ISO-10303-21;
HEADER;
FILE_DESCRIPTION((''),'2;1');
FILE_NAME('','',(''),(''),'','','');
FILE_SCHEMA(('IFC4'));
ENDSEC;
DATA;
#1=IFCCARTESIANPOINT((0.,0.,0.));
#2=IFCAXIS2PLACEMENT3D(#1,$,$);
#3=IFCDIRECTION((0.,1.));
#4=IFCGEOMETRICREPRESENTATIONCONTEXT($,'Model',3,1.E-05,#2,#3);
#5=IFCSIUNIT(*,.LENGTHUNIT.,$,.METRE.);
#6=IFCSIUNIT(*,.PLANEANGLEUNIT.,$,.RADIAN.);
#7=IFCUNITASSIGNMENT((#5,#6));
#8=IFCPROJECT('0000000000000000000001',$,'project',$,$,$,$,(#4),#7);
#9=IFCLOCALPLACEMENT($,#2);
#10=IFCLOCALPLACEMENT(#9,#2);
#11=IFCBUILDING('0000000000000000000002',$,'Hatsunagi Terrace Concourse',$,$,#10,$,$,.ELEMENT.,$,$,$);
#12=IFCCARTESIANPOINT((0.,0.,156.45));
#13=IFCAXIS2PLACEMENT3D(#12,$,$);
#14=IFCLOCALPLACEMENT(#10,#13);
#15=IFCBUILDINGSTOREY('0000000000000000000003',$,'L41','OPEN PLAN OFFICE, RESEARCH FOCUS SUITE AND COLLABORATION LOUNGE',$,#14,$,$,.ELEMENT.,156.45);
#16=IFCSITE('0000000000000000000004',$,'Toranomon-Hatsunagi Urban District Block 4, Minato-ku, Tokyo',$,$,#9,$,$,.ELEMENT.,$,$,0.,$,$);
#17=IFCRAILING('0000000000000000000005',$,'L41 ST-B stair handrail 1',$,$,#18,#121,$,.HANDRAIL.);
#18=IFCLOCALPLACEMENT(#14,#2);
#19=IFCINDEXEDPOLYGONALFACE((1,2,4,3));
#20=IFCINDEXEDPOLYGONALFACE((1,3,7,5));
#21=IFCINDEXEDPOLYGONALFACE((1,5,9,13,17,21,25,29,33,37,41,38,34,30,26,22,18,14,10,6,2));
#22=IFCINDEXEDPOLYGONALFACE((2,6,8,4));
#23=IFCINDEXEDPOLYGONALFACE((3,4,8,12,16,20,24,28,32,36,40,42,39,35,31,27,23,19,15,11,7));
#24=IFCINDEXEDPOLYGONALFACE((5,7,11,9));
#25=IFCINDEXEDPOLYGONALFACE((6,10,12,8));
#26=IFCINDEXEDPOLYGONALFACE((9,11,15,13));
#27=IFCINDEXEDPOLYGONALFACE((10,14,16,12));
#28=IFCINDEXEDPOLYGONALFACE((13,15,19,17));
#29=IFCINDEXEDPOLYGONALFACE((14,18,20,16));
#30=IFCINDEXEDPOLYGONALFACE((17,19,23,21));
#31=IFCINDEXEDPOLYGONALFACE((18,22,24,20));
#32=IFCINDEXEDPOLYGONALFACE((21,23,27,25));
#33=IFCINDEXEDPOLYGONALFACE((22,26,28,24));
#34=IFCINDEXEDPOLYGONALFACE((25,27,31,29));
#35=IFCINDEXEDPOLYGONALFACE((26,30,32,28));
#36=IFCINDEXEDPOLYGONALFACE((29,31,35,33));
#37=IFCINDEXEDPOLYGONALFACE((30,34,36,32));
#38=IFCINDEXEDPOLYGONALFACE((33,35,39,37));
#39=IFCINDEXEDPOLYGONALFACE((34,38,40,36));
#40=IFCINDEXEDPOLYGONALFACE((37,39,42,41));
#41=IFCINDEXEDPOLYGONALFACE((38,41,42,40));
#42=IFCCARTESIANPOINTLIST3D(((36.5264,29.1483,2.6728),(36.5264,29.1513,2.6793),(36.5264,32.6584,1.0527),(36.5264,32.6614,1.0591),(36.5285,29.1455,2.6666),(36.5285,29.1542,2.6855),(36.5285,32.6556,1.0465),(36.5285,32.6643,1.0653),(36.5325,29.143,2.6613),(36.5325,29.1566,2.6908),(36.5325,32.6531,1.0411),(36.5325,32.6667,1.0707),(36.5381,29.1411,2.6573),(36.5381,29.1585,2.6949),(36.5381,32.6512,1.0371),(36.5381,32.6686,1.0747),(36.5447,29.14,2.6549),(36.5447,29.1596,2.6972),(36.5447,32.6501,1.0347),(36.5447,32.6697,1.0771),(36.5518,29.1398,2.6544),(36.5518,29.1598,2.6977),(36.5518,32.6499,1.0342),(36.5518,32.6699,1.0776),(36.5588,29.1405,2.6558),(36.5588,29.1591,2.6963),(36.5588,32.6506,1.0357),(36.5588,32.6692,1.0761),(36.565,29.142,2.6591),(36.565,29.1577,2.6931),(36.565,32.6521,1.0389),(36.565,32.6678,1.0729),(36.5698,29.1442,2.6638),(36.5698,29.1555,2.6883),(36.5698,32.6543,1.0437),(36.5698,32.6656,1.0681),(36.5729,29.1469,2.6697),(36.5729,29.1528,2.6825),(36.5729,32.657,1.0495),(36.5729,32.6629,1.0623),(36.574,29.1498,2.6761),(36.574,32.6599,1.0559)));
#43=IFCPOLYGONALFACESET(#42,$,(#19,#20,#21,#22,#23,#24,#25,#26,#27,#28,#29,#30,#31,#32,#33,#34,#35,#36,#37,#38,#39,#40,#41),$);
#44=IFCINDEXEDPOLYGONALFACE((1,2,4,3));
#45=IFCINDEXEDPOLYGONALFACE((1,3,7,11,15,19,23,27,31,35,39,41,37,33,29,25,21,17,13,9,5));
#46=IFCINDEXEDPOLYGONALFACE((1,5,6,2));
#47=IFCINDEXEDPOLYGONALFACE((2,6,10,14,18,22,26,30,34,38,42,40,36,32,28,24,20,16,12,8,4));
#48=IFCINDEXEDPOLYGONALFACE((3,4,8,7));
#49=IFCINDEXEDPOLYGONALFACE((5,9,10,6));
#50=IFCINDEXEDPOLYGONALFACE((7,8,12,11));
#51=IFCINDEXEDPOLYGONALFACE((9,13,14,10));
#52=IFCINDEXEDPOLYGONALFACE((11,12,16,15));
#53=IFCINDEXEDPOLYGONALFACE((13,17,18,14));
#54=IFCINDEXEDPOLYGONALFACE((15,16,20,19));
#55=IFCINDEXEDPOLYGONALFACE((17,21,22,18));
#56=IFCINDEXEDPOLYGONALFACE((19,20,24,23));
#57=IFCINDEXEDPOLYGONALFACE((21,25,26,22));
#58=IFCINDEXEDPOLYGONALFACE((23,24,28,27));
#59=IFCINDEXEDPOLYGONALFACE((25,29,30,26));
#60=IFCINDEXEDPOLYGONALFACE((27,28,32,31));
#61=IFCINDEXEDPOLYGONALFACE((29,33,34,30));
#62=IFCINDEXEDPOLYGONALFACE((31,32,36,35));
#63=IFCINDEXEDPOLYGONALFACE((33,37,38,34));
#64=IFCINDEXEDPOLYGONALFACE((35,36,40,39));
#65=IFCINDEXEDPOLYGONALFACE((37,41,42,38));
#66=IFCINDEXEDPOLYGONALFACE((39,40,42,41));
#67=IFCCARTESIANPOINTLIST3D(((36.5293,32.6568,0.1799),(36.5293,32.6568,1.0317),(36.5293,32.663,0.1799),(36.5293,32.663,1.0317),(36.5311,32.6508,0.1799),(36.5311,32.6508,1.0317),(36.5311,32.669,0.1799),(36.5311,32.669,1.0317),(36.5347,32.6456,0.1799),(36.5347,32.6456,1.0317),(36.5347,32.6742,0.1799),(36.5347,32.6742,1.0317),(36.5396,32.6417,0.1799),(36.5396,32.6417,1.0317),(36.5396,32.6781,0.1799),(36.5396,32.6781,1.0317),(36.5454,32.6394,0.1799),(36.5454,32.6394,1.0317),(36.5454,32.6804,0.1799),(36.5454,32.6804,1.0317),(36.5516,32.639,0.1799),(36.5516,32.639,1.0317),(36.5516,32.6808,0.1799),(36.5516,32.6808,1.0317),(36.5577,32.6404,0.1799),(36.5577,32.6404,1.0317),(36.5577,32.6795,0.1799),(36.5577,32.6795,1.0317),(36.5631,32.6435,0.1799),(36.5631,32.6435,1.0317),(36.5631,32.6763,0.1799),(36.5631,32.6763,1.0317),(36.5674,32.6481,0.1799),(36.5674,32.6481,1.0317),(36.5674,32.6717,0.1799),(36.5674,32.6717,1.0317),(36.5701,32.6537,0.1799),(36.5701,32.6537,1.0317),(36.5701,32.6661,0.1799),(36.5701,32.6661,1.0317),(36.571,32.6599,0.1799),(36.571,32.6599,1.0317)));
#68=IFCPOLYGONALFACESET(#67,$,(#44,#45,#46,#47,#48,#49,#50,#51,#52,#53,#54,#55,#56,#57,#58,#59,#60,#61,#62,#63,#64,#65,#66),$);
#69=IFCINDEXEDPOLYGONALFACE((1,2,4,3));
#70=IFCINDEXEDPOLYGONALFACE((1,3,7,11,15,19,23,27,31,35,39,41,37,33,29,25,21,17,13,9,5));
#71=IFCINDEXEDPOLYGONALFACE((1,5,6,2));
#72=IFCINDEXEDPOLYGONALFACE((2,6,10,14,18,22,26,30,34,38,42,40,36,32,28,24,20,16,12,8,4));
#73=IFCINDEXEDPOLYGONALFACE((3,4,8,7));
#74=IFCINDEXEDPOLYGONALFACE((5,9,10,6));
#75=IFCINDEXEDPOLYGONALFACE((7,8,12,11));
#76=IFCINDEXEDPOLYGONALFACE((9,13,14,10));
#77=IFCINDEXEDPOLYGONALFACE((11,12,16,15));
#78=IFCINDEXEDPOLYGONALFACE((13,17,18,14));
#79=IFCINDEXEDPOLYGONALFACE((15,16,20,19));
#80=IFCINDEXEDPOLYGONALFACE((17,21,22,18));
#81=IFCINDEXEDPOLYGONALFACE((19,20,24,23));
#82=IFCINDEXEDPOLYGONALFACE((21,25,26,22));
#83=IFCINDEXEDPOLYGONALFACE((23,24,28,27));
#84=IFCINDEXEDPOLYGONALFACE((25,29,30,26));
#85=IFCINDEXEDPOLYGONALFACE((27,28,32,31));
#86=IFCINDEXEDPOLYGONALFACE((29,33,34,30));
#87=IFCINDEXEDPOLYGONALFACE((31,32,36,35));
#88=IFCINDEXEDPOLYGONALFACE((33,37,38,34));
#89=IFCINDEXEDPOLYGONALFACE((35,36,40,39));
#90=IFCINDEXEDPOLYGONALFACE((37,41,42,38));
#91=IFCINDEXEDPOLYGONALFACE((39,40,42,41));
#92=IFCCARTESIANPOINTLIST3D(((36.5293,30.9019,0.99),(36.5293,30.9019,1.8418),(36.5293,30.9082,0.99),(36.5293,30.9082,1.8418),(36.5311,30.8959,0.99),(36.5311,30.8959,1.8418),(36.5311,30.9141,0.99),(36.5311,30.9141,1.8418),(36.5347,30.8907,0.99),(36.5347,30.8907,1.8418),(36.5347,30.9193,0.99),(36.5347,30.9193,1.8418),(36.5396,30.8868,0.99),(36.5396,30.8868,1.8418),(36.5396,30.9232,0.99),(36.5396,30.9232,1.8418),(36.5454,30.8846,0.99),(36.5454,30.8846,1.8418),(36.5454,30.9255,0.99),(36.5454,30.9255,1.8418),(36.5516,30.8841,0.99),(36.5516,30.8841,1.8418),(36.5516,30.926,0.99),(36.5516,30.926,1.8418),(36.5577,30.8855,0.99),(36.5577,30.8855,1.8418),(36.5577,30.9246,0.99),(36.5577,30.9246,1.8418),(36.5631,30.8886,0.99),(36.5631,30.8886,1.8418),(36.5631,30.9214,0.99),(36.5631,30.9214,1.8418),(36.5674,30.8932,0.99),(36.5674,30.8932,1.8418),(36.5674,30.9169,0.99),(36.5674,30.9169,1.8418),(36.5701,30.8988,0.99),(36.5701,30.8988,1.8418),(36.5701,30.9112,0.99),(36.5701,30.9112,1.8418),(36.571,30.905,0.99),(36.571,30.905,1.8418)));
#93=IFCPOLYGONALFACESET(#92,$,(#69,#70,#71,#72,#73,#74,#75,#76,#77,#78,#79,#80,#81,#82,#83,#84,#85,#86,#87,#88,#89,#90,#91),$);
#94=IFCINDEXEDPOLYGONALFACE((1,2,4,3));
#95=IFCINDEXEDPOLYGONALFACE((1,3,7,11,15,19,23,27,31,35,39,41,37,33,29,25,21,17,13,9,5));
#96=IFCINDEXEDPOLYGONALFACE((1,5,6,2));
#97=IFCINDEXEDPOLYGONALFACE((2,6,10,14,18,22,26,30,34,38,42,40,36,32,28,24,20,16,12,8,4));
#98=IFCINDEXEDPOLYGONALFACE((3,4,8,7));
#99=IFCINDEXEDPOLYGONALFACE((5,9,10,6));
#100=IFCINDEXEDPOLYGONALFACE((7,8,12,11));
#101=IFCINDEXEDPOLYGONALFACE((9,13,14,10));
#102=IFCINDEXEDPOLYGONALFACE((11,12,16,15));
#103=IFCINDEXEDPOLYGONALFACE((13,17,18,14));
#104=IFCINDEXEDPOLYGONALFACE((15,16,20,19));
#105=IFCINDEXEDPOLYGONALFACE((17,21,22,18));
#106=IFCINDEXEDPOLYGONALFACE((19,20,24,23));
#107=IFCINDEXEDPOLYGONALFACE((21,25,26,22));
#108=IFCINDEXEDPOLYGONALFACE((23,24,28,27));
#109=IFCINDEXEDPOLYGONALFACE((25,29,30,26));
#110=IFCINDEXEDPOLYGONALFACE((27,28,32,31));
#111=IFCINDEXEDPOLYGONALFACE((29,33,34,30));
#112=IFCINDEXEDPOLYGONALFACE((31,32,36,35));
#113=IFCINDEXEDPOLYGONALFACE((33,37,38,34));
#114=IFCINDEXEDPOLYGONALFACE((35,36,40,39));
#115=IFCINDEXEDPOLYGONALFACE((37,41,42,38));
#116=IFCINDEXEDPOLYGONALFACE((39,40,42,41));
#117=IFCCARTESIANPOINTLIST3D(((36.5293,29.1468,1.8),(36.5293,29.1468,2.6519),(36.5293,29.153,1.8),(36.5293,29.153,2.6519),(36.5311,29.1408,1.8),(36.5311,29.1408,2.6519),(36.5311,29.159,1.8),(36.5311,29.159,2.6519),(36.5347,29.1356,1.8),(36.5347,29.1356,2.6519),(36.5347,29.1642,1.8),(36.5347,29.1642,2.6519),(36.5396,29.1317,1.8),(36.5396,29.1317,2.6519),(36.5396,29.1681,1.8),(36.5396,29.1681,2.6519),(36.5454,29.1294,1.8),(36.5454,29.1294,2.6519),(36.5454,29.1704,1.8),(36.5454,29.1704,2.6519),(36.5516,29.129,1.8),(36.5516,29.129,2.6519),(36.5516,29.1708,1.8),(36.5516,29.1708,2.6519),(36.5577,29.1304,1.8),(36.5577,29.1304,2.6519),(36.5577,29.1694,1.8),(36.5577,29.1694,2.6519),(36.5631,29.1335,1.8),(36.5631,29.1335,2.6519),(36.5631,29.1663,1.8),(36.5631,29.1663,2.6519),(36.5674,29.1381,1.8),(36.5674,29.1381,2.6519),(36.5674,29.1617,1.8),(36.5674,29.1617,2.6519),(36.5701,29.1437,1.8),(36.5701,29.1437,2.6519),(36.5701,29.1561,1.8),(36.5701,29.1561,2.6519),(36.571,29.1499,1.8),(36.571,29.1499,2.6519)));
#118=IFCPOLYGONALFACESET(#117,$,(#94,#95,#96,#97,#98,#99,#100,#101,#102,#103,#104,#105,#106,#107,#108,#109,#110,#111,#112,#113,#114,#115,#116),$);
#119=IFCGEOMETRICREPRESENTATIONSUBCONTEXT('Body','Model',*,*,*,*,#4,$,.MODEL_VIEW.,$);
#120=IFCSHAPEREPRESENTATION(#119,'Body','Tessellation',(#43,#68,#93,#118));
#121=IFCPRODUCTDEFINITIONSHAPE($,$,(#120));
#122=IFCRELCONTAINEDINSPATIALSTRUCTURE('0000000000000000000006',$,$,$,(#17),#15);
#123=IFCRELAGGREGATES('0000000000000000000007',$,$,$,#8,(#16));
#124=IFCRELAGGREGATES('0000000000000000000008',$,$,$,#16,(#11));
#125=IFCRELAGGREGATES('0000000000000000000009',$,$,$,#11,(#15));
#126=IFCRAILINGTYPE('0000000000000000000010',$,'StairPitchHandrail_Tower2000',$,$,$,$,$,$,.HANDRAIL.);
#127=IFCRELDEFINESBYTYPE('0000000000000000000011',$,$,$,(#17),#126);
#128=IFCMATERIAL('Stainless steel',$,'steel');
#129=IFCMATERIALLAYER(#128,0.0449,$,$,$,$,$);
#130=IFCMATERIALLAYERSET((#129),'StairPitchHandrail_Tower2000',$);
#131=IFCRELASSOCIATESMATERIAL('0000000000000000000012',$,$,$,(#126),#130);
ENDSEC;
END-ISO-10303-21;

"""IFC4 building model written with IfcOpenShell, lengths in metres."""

from ifc_helpers import new_model, si_unit, direction, frame, origin, origin_2d, place, context, subcontext, project, spatial, circle, extrude, material, layer, layer_set, type_object, element, save


model = new_model("IFC4")

# Units and contexts
model_context = context("Model", 3, precision=1e-05, world=origin(), true_north=direction((0.0, 1.0)))
body_context = subcontext(model_context, "Body", "Model", "MODEL_VIEW")
ifc_project = project(units=[si_unit("LENGTHUNIT", "METRE"), si_unit("PLANEANGLEUNIT", "RADIAN")], contexts=[model_context])

# Site, building, storey
site_placement = place(None, origin())
site = spatial("IfcSite", under=ifc_project, at=site_placement, Name="Toranomon-Hatsunagi Urban District Block 4, Minato-ku, Tokyo", CompositionType="ELEMENT", RefElevation=0.0)
building_placement = place(site_placement, origin())
building = spatial("IfcBuilding", under=site, at=building_placement, Name="Hatsunagi Terrace Concourse", CompositionType="ELEMENT")
storey_placement = place(building_placement, frame((0.0, 0.0, 156.45)))
storey = spatial("IfcBuildingStorey", under=building, at=storey_placement, Name="L41", Description="OPEN PLAN OFFICE, RESEARCH FOCUS SUITE AND COLLABORATION LOUNGE", CompositionType="ELEMENT", Elevation=156.45)

# Railing
ifc_material_1 = material(Name="Stainless steel", Category="steel")
ifc_layer_1 = layer(ifc_material_1, 0.0449)
ifc_layer_set_1 = layer_set([ifc_layer_1], Name="StairPitchHandrail_Tower2000")
railing_type_1 = type_object("IfcRailingType", Name="StairPitchHandrail_Tower2000", PredefinedType="HANDRAIL", material=ifc_layer_set_1)
railing_1_placement = place(storey_placement, frame((36.55, 32.6599, 0.1799)))
element("IfcRailing", 1, at=railing_1_placement, inside=storey, type_object=railing_type_1, Name="L41 ST-B stair handrail 1", PredefinedType="HANDRAIL", context=body_context, shape_type="SweptSolid", body=[
    extrude(circle(Radius=0.0239, at=origin_2d()), frame((0.0, 0.0, 0.876), z_axis=(0.0, -0.907948, 0.419082), x_axis=(1.0, 0.0, 0.0)), (0.0, 0.0, 1.0), 3.866),
    extrude(circle(Radius=0.021, at=origin_2d()), origin(), (0.0, 0.0, 1.0), 0.8518),
    extrude(circle(Radius=0.021, at=origin_2d()), frame((0.0, -1.7549, 0.8101)), (0.0, 0.0, 1.0), 0.8518),
    extrude(circle(Radius=0.021, at=origin_2d()), frame((0.0, -3.51, 1.6201)), (0.0, 0.0, 1.0), 0.8518),
])

save(model, "model.ifc")
